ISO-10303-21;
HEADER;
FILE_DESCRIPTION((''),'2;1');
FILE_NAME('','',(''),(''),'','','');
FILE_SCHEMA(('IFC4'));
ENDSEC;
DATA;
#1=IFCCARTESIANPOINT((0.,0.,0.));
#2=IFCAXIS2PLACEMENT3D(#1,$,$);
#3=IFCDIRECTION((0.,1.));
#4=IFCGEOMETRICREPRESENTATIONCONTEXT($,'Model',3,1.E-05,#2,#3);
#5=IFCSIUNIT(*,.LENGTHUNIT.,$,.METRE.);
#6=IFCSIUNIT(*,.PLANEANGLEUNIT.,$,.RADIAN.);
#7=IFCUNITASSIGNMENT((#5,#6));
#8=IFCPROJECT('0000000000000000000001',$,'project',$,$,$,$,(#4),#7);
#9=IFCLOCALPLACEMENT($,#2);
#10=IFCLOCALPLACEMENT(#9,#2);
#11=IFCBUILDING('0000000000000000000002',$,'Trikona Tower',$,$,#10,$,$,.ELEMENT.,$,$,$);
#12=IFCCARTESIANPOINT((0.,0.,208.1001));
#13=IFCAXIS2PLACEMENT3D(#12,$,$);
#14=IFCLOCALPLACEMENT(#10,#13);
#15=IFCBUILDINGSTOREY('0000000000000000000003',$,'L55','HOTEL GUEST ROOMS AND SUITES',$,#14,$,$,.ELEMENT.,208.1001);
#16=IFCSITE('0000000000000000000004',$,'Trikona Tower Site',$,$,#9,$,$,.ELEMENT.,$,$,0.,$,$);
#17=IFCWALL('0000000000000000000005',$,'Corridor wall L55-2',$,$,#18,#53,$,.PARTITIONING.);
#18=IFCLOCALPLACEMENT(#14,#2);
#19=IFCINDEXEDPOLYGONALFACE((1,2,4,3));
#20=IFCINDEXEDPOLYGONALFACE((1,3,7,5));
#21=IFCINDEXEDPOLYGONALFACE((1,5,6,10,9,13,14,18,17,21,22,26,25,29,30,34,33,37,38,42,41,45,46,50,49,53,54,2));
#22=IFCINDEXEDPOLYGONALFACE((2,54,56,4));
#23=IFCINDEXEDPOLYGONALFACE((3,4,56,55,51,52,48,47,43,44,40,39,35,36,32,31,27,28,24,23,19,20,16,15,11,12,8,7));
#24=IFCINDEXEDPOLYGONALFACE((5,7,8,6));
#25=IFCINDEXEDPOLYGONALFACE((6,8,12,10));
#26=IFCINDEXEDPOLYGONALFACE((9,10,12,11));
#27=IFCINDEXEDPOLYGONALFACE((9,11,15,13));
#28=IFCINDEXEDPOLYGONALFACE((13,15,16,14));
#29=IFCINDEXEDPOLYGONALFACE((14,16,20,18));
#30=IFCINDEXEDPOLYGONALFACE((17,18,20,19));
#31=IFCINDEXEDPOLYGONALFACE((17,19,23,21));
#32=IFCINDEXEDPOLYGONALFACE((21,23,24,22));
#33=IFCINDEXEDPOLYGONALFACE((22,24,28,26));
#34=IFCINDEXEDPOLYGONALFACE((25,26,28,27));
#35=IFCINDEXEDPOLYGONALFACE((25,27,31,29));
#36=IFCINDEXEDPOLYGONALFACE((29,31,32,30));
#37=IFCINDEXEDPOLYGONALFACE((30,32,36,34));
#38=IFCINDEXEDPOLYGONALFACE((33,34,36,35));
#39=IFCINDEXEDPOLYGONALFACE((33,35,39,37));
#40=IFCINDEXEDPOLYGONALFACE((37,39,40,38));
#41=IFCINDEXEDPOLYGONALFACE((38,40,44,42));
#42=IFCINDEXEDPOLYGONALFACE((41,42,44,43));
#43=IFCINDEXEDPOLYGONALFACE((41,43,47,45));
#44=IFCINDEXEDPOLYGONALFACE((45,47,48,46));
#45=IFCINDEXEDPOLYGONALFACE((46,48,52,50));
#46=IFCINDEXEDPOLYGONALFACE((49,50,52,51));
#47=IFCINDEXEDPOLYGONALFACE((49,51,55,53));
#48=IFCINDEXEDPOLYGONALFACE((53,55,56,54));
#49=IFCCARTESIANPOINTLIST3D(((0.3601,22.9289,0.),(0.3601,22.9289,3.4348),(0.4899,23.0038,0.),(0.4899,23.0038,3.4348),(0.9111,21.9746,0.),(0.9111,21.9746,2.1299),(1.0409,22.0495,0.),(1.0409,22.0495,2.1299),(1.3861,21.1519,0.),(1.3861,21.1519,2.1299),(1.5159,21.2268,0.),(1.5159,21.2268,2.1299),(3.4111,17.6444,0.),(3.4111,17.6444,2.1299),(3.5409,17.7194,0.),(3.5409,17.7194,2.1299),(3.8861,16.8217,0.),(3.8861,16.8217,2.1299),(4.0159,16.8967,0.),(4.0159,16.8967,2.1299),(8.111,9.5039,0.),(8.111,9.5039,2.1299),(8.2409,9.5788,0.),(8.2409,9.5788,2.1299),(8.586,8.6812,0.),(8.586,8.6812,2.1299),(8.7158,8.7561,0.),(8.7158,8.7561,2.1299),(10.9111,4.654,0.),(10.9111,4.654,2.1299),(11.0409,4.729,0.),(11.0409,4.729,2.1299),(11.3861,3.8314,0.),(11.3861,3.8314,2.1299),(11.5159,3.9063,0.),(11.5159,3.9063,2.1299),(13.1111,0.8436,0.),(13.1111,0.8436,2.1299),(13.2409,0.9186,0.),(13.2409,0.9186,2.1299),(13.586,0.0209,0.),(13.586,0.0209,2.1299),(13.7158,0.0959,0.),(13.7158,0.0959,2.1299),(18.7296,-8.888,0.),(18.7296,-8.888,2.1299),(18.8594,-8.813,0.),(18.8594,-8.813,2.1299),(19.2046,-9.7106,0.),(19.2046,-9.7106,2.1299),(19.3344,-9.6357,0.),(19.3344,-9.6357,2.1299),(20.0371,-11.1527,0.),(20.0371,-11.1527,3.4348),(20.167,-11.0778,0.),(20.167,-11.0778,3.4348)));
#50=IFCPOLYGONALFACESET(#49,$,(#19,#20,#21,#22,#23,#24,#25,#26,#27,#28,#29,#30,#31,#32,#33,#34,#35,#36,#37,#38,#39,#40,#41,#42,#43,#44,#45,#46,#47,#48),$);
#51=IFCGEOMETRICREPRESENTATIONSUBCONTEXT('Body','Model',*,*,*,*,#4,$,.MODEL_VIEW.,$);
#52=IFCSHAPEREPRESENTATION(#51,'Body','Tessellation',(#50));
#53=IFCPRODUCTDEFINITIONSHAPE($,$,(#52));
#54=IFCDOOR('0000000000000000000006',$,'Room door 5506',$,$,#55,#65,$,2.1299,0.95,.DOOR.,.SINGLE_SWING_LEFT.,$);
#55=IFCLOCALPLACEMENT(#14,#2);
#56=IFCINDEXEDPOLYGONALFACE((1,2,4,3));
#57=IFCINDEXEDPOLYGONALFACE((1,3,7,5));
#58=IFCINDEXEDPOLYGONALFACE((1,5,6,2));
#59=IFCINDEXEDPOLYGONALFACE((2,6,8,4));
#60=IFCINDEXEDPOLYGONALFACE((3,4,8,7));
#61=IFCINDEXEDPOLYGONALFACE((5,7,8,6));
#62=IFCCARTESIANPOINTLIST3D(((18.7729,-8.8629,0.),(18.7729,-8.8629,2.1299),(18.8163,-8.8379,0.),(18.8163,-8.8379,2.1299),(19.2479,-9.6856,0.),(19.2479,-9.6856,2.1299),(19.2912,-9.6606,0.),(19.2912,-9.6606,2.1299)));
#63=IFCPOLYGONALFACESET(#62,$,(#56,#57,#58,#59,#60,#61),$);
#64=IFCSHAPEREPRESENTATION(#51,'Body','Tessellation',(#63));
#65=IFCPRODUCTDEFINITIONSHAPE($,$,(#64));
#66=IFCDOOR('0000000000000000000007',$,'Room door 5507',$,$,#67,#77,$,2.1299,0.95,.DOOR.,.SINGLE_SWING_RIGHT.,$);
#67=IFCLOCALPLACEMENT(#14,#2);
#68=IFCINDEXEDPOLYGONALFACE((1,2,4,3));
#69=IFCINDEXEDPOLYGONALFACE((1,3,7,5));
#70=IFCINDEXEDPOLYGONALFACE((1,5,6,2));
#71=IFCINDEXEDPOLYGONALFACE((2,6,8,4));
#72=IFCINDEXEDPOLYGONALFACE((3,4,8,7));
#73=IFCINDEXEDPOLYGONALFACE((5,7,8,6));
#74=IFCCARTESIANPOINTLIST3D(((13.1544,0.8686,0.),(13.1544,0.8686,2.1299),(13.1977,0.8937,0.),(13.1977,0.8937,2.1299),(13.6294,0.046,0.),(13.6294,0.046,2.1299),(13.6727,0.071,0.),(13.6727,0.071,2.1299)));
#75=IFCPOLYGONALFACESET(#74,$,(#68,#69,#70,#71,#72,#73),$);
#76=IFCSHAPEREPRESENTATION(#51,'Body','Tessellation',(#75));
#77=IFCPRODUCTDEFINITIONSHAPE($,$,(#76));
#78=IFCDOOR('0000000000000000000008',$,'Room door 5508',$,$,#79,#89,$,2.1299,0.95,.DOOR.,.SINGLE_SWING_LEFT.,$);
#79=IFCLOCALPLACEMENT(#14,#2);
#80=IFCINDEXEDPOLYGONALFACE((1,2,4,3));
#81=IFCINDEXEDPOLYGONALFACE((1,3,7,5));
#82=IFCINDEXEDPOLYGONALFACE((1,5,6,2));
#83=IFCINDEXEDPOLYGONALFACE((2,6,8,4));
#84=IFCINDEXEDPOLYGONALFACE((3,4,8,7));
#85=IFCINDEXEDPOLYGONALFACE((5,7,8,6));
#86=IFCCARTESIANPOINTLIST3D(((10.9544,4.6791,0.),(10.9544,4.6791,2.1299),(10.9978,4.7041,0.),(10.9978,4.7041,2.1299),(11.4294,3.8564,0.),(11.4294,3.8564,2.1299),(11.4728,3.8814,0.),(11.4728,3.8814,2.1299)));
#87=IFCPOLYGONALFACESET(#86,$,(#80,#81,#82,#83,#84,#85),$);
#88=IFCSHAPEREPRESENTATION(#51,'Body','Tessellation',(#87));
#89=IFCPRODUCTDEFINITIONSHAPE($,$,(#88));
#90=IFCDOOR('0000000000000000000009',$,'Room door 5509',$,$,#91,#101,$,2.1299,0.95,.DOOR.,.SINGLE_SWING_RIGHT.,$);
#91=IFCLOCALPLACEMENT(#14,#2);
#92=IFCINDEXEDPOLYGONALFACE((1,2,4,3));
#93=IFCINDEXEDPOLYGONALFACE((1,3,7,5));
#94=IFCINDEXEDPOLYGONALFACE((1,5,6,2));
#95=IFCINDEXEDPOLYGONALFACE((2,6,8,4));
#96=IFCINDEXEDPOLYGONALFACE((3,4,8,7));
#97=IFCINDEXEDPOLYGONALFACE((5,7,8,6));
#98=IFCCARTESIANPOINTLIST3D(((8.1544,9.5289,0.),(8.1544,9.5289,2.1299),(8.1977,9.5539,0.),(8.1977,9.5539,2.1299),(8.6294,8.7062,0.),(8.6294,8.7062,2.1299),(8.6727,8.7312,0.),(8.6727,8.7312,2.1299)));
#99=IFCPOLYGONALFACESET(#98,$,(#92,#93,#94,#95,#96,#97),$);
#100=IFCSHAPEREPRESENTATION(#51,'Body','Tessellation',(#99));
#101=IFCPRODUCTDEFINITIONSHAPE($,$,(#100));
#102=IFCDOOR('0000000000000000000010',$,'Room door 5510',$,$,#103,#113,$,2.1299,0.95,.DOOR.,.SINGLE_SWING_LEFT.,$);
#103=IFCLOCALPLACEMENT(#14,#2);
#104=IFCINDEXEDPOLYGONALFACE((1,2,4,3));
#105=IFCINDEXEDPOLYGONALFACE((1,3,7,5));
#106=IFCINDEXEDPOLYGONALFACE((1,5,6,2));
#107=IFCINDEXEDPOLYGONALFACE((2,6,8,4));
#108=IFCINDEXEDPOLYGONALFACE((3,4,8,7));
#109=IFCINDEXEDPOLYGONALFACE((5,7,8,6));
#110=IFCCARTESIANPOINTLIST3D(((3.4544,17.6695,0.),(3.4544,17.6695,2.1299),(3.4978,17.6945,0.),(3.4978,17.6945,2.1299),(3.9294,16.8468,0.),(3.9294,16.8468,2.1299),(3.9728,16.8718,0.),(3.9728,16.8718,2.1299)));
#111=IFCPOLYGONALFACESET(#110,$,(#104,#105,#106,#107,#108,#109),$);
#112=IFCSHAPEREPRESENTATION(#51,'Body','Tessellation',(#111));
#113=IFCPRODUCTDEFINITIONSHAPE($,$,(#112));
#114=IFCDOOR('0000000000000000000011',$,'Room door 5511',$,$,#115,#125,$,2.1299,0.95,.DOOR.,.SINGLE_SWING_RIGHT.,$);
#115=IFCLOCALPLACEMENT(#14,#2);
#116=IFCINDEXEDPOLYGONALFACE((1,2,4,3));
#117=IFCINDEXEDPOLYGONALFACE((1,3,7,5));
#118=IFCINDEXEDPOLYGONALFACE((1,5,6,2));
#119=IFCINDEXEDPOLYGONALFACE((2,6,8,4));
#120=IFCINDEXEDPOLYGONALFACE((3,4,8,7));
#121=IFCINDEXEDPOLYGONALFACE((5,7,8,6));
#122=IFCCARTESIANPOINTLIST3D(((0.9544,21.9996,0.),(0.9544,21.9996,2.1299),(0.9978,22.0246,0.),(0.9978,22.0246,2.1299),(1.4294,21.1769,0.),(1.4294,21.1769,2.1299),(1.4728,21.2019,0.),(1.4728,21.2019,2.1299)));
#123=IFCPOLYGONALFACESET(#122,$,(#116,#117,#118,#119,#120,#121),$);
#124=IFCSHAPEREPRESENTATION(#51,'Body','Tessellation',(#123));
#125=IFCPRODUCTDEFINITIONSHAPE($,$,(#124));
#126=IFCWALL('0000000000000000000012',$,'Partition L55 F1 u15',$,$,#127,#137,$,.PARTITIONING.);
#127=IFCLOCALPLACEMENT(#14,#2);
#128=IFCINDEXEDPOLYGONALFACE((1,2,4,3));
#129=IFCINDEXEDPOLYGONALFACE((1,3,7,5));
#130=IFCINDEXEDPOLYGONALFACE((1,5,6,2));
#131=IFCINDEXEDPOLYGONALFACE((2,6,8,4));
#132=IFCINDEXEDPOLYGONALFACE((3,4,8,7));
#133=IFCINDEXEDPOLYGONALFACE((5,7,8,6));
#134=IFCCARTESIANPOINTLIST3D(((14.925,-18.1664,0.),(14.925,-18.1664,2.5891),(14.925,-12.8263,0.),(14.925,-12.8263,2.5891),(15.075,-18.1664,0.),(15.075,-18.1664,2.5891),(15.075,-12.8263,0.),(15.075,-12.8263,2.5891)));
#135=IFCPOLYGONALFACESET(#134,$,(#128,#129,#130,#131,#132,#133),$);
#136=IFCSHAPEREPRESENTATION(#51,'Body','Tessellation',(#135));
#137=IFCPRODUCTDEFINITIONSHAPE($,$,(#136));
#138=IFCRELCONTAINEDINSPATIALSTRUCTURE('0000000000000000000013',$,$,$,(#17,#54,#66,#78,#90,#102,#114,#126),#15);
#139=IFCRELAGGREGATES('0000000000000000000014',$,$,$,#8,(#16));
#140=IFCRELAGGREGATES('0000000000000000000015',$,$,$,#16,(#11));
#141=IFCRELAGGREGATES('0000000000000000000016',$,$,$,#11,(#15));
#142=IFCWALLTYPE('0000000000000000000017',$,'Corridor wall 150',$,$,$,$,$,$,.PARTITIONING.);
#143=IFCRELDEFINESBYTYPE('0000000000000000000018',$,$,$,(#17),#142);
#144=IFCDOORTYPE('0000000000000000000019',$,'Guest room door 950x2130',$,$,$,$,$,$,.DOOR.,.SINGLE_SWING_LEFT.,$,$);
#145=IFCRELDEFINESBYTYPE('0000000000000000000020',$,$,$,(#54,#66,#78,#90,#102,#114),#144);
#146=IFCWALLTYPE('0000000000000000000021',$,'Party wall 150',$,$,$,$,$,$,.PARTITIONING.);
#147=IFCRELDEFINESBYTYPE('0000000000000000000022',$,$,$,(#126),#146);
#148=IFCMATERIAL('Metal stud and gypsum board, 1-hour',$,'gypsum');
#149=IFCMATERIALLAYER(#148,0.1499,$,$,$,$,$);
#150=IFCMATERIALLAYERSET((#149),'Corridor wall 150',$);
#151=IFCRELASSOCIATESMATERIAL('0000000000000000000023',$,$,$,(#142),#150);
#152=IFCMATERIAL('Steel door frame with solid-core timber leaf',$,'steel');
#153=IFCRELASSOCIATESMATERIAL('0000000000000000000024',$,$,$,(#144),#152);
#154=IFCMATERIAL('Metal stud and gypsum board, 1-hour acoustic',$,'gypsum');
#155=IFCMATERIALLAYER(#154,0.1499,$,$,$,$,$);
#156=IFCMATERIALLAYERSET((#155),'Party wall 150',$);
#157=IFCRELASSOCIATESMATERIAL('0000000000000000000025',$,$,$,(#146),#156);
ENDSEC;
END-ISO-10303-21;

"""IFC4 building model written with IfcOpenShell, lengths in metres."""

from ifc_helpers import new_model, si_unit, direction, frame, frame_2d, origin, place, context, subcontext, project, spatial, rectangle, extrude, material, layer, layer_set, type_object, element, fill, save


model = new_model("IFC4")

# Units and contexts
model_context = context("Model", 3, precision=1e-05, world=origin(), true_north=direction((0.0, 1.0)))
body_context = subcontext(model_context, "Body", "Model", "MODEL_VIEW")
ifc_project = project(units=[si_unit("LENGTHUNIT", "METRE"), si_unit("PLANEANGLEUNIT", "RADIAN")], contexts=[model_context])

# Site, building, storey
site_placement = place(None, origin())
site = spatial("IfcSite", under=ifc_project, at=site_placement, Name="Trikona Tower Site", CompositionType="ELEMENT", RefElevation=0.0)
building_placement = place(site_placement, origin())
building = spatial("IfcBuilding", under=site, at=building_placement, Name="Trikona Tower", CompositionType="ELEMENT")
storey_placement = place(building_placement, frame((0.0, 0.0, 208.1001)))
storey = spatial("IfcBuildingStorey", under=building, at=storey_placement, Name="L55", Description="HOTEL GUEST ROOMS AND SUITES", CompositionType="ELEMENT", Elevation=208.1001)

# Wall, openings, doors
ifc_material_1 = material(Name="Metal stud and gypsum board, 1-hour", Category="gypsum")
ifc_layer_1 = layer(ifc_material_1, 0.1499)
ifc_layer_set_1 = layer_set([ifc_layer_1], Name="Corridor wall 150")
wall_type_1 = type_object("IfcWallType", Name="Corridor wall 150", PredefinedType="PARTITIONING", material=ifc_layer_set_1)
wall_1_placement = place(storey_placement, frame((20.1021, -11.1152, 0.0), z_axis=(0.0, 0.0, 1.0), x_axis=(-0.5, 0.866025, 0.0)))
wall_1 = element("IfcWall", 1, at=wall_1_placement, inside=storey, type_object=wall_type_1, Name="Corridor wall L55-2", PredefinedType="PARTITIONING", context=body_context, shape_type="SweptSolid", body=[
    extrude(rectangle(XDim=39.354, YDim=0.1499, at=frame_2d((19.677, 0.0))), origin(), (0.0, 0.0, 1.0), 3.4348),
])
opening_1_placement = place(wall_1_placement, frame((1.665, 0.0, 0.0)))
opening_1 = element("IfcOpeningElement", 2, at=opening_1_placement, cuts=wall_1, PredefinedType="OPENING", context=body_context, shape_type="SweptSolid", body=[
    extrude(rectangle(XDim=0.95, YDim=2.1299, at=frame_2d((0.4751, 1.0649))), frame((0.0, 0.085, 0.0), z_axis=(0.0, -1.0, 0.0), x_axis=(1.0, 0.0, 0.0)), (0.0, 0.0, 1.0), 0.1699),
])
opening_2_placement = place(wall_1_placement, frame((12.9021, 0.0, 0.0)))
opening_2 = element("IfcOpeningElement", 3, at=opening_2_placement, cuts=wall_1, PredefinedType="OPENING", context=body_context, shape_type="SweptSolid", body=[
    extrude(rectangle(XDim=0.95, YDim=2.1299, at=frame_2d((0.4751, 1.0649))), frame((0.0, 0.085, 0.0), z_axis=(0.0, -1.0, 0.0), x_axis=(1.0, 0.0, 0.0)), (0.0, 0.0, 1.0), 0.1699),
])
opening_3_placement = place(wall_1_placement, frame((17.302, 0.0, 0.0)))
opening_3 = element("IfcOpeningElement", 4, at=opening_3_placement, cuts=wall_1, PredefinedType="OPENING", context=body_context, shape_type="SweptSolid", body=[
    extrude(rectangle(XDim=0.95, YDim=2.1299, at=frame_2d((0.4751, 1.0649))), frame((0.0, 0.085, 0.0), z_axis=(0.0, -1.0, 0.0), x_axis=(1.0, 0.0, 0.0)), (0.0, 0.0, 1.0), 0.1699),
])
opening_4_placement = place(wall_1_placement, frame((22.9021, 0.0, 0.0)))
opening_4 = element("IfcOpeningElement", 5, at=opening_4_placement, cuts=wall_1, PredefinedType="OPENING", context=body_context, shape_type="SweptSolid", body=[
    extrude(rectangle(XDim=0.95, YDim=2.1299, at=frame_2d((0.4751, 1.0649))), frame((0.0, 0.085, 0.0), z_axis=(0.0, -1.0, 0.0), x_axis=(1.0, 0.0, 0.0)), (0.0, 0.0, 1.0), 0.1699),
])
opening_5_placement = place(wall_1_placement, frame((32.302, 0.0, 0.0)))
opening_5 = element("IfcOpeningElement", 6, at=opening_5_placement, cuts=wall_1, PredefinedType="OPENING", context=body_context, shape_type="SweptSolid", body=[
    extrude(rectangle(XDim=0.95, YDim=2.1299, at=frame_2d((0.4751, 1.0649))), frame((0.0, 0.085, 0.0), z_axis=(0.0, -1.0, 0.0), x_axis=(1.0, 0.0, 0.0)), (0.0, 0.0, 1.0), 0.1699),
])
opening_6_placement = place(wall_1_placement, frame((37.302, 0.0, 0.0)))
opening_6 = element("IfcOpeningElement", 7, at=opening_6_placement, cuts=wall_1, PredefinedType="OPENING", context=body_context, shape_type="SweptSolid", body=[
    extrude(rectangle(XDim=0.95, YDim=2.1299, at=frame_2d((0.4751, 1.0649))), frame((0.0, 0.085, 0.0), z_axis=(0.0, -1.0, 0.0), x_axis=(1.0, 0.0, 0.0)), (0.0, 0.0, 1.0), 0.1699),
])
ifc_material_2 = material(Name="Steel door frame with solid-core timber leaf", Category="steel")
door_type_1 = type_object("IfcDoorType", Name="Guest room door 950x2130", OperationType="SINGLE_SWING_LEFT", PredefinedType="DOOR", material=ifc_material_2)
door_1_placement = place(opening_1_placement, origin())
door_1 = element("IfcDoor", 8, at=door_1_placement, inside=storey, type_object=door_type_1, Name="Room door 5506", OperationType="SINGLE_SWING_LEFT", OverallHeight=2.1299, OverallWidth=0.95, PredefinedType="DOOR", context=body_context, shape_type="SweptSolid", body=[
    extrude(rectangle(XDim=0.95, YDim=2.1299, at=frame_2d((0.4751, 1.0649))), frame((0.0, 0.0249, 0.0), z_axis=(0.0, -1.0, 0.0), x_axis=(1.0, 0.0, 0.0)), (0.0, 0.0, 1.0), 0.05),
])
fill(opening_1, door_1)
door_2_placement = place(opening_2_placement, origin())
door_2 = element("IfcDoor", 9, at=door_2_placement, inside=storey, type_object=door_type_1, Name="Room door 5507", OperationType="SINGLE_SWING_RIGHT", OverallHeight=2.1299, OverallWidth=0.95, PredefinedType="DOOR", context=body_context, shape_type="SweptSolid", body=[
    extrude(rectangle(XDim=0.95, YDim=2.1299, at=frame_2d((0.4751, 1.0649))), frame((0.0, 0.0249, 0.0), z_axis=(0.0, -1.0, 0.0), x_axis=(1.0, 0.0, 0.0)), (0.0, 0.0, 1.0), 0.05),
])
fill(opening_2, door_2)
door_3_placement = place(opening_3_placement, origin())
door_3 = element("IfcDoor", 10, at=door_3_placement, inside=storey, type_object=door_type_1, Name="Room door 5508", OperationType="SINGLE_SWING_LEFT", OverallHeight=2.1299, OverallWidth=0.95, PredefinedType="DOOR", context=body_context, shape_type="SweptSolid", body=[
    extrude(rectangle(XDim=0.95, YDim=2.1299, at=frame_2d((0.4751, 1.0649))), frame((0.0, 0.0249, 0.0), z_axis=(0.0, -1.0, 0.0), x_axis=(1.0, 0.0, 0.0)), (0.0, 0.0, 1.0), 0.05),
])
fill(opening_3, door_3)
door_4_placement = place(opening_4_placement, origin())
door_4 = element("IfcDoor", 11, at=door_4_placement, inside=storey, type_object=door_type_1, Name="Room door 5509", OperationType="SINGLE_SWING_RIGHT", OverallHeight=2.1299, OverallWidth=0.95, PredefinedType="DOOR", context=body_context, shape_type="SweptSolid", body=[
    extrude(rectangle(XDim=0.95, YDim=2.1299, at=frame_2d((0.4751, 1.0649))), frame((0.0, 0.0249, 0.0), z_axis=(0.0, -1.0, 0.0), x_axis=(1.0, 0.0, 0.0)), (0.0, 0.0, 1.0), 0.05),
])
fill(opening_4, door_4)
door_5_placement = place(opening_5_placement, origin())
door_5 = element("IfcDoor", 12, at=door_5_placement, inside=storey, type_object=door_type_1, Name="Room door 5510", OperationType="SINGLE_SWING_LEFT", OverallHeight=2.1299, OverallWidth=0.95, PredefinedType="DOOR", context=body_context, shape_type="SweptSolid", body=[
    extrude(rectangle(XDim=0.95, YDim=2.1299, at=frame_2d((0.4751, 1.0649))), frame((0.0, 0.0249, 0.0), z_axis=(0.0, -1.0, 0.0), x_axis=(1.0, 0.0, 0.0)), (0.0, 0.0, 1.0), 0.05),
])
fill(opening_5, door_5)
door_6_placement = place(opening_6_placement, origin())
door_6 = element("IfcDoor", 13, at=door_6_placement, inside=storey, type_object=door_type_1, Name="Room door 5511", OperationType="SINGLE_SWING_RIGHT", OverallHeight=2.1299, OverallWidth=0.95, PredefinedType="DOOR", context=body_context, shape_type="SweptSolid", body=[
    extrude(rectangle(XDim=0.95, YDim=2.1299, at=frame_2d((0.4751, 1.0649))), frame((0.0, 0.0249, 0.0), z_axis=(0.0, -1.0, 0.0), x_axis=(1.0, 0.0, 0.0)), (0.0, 0.0, 1.0), 0.05),
])
fill(opening_6, door_6)

# Wall
ifc_material_3 = material(Name="Metal stud and gypsum board, 1-hour acoustic", Category="gypsum")
ifc_layer_2 = layer(ifc_material_3, 0.1499)
ifc_layer_set_2 = layer_set([ifc_layer_2], Name="Party wall 150")
wall_type_2 = type_object("IfcWallType", Name="Party wall 150", PredefinedType="PARTITIONING", material=ifc_layer_set_2)
wall_2_placement = place(storey_placement, frame((15.0, -12.8264, 0.0), z_axis=(0.0, 0.0, 1.0), x_axis=(0.0, -1.0, 0.0)))
element("IfcWall", 14, at=wall_2_placement, inside=storey, type_object=wall_type_2, Name="Partition L55 F1 u15", PredefinedType="PARTITIONING", context=body_context, shape_type="SweptSolid", body=[
    extrude(rectangle(XDim=5.3401, YDim=0.1499, at=frame_2d((2.6699, 0.0))), origin(), (0.0, 0.0, 1.0), 2.5891),
])

save(model, "model.ifc")
